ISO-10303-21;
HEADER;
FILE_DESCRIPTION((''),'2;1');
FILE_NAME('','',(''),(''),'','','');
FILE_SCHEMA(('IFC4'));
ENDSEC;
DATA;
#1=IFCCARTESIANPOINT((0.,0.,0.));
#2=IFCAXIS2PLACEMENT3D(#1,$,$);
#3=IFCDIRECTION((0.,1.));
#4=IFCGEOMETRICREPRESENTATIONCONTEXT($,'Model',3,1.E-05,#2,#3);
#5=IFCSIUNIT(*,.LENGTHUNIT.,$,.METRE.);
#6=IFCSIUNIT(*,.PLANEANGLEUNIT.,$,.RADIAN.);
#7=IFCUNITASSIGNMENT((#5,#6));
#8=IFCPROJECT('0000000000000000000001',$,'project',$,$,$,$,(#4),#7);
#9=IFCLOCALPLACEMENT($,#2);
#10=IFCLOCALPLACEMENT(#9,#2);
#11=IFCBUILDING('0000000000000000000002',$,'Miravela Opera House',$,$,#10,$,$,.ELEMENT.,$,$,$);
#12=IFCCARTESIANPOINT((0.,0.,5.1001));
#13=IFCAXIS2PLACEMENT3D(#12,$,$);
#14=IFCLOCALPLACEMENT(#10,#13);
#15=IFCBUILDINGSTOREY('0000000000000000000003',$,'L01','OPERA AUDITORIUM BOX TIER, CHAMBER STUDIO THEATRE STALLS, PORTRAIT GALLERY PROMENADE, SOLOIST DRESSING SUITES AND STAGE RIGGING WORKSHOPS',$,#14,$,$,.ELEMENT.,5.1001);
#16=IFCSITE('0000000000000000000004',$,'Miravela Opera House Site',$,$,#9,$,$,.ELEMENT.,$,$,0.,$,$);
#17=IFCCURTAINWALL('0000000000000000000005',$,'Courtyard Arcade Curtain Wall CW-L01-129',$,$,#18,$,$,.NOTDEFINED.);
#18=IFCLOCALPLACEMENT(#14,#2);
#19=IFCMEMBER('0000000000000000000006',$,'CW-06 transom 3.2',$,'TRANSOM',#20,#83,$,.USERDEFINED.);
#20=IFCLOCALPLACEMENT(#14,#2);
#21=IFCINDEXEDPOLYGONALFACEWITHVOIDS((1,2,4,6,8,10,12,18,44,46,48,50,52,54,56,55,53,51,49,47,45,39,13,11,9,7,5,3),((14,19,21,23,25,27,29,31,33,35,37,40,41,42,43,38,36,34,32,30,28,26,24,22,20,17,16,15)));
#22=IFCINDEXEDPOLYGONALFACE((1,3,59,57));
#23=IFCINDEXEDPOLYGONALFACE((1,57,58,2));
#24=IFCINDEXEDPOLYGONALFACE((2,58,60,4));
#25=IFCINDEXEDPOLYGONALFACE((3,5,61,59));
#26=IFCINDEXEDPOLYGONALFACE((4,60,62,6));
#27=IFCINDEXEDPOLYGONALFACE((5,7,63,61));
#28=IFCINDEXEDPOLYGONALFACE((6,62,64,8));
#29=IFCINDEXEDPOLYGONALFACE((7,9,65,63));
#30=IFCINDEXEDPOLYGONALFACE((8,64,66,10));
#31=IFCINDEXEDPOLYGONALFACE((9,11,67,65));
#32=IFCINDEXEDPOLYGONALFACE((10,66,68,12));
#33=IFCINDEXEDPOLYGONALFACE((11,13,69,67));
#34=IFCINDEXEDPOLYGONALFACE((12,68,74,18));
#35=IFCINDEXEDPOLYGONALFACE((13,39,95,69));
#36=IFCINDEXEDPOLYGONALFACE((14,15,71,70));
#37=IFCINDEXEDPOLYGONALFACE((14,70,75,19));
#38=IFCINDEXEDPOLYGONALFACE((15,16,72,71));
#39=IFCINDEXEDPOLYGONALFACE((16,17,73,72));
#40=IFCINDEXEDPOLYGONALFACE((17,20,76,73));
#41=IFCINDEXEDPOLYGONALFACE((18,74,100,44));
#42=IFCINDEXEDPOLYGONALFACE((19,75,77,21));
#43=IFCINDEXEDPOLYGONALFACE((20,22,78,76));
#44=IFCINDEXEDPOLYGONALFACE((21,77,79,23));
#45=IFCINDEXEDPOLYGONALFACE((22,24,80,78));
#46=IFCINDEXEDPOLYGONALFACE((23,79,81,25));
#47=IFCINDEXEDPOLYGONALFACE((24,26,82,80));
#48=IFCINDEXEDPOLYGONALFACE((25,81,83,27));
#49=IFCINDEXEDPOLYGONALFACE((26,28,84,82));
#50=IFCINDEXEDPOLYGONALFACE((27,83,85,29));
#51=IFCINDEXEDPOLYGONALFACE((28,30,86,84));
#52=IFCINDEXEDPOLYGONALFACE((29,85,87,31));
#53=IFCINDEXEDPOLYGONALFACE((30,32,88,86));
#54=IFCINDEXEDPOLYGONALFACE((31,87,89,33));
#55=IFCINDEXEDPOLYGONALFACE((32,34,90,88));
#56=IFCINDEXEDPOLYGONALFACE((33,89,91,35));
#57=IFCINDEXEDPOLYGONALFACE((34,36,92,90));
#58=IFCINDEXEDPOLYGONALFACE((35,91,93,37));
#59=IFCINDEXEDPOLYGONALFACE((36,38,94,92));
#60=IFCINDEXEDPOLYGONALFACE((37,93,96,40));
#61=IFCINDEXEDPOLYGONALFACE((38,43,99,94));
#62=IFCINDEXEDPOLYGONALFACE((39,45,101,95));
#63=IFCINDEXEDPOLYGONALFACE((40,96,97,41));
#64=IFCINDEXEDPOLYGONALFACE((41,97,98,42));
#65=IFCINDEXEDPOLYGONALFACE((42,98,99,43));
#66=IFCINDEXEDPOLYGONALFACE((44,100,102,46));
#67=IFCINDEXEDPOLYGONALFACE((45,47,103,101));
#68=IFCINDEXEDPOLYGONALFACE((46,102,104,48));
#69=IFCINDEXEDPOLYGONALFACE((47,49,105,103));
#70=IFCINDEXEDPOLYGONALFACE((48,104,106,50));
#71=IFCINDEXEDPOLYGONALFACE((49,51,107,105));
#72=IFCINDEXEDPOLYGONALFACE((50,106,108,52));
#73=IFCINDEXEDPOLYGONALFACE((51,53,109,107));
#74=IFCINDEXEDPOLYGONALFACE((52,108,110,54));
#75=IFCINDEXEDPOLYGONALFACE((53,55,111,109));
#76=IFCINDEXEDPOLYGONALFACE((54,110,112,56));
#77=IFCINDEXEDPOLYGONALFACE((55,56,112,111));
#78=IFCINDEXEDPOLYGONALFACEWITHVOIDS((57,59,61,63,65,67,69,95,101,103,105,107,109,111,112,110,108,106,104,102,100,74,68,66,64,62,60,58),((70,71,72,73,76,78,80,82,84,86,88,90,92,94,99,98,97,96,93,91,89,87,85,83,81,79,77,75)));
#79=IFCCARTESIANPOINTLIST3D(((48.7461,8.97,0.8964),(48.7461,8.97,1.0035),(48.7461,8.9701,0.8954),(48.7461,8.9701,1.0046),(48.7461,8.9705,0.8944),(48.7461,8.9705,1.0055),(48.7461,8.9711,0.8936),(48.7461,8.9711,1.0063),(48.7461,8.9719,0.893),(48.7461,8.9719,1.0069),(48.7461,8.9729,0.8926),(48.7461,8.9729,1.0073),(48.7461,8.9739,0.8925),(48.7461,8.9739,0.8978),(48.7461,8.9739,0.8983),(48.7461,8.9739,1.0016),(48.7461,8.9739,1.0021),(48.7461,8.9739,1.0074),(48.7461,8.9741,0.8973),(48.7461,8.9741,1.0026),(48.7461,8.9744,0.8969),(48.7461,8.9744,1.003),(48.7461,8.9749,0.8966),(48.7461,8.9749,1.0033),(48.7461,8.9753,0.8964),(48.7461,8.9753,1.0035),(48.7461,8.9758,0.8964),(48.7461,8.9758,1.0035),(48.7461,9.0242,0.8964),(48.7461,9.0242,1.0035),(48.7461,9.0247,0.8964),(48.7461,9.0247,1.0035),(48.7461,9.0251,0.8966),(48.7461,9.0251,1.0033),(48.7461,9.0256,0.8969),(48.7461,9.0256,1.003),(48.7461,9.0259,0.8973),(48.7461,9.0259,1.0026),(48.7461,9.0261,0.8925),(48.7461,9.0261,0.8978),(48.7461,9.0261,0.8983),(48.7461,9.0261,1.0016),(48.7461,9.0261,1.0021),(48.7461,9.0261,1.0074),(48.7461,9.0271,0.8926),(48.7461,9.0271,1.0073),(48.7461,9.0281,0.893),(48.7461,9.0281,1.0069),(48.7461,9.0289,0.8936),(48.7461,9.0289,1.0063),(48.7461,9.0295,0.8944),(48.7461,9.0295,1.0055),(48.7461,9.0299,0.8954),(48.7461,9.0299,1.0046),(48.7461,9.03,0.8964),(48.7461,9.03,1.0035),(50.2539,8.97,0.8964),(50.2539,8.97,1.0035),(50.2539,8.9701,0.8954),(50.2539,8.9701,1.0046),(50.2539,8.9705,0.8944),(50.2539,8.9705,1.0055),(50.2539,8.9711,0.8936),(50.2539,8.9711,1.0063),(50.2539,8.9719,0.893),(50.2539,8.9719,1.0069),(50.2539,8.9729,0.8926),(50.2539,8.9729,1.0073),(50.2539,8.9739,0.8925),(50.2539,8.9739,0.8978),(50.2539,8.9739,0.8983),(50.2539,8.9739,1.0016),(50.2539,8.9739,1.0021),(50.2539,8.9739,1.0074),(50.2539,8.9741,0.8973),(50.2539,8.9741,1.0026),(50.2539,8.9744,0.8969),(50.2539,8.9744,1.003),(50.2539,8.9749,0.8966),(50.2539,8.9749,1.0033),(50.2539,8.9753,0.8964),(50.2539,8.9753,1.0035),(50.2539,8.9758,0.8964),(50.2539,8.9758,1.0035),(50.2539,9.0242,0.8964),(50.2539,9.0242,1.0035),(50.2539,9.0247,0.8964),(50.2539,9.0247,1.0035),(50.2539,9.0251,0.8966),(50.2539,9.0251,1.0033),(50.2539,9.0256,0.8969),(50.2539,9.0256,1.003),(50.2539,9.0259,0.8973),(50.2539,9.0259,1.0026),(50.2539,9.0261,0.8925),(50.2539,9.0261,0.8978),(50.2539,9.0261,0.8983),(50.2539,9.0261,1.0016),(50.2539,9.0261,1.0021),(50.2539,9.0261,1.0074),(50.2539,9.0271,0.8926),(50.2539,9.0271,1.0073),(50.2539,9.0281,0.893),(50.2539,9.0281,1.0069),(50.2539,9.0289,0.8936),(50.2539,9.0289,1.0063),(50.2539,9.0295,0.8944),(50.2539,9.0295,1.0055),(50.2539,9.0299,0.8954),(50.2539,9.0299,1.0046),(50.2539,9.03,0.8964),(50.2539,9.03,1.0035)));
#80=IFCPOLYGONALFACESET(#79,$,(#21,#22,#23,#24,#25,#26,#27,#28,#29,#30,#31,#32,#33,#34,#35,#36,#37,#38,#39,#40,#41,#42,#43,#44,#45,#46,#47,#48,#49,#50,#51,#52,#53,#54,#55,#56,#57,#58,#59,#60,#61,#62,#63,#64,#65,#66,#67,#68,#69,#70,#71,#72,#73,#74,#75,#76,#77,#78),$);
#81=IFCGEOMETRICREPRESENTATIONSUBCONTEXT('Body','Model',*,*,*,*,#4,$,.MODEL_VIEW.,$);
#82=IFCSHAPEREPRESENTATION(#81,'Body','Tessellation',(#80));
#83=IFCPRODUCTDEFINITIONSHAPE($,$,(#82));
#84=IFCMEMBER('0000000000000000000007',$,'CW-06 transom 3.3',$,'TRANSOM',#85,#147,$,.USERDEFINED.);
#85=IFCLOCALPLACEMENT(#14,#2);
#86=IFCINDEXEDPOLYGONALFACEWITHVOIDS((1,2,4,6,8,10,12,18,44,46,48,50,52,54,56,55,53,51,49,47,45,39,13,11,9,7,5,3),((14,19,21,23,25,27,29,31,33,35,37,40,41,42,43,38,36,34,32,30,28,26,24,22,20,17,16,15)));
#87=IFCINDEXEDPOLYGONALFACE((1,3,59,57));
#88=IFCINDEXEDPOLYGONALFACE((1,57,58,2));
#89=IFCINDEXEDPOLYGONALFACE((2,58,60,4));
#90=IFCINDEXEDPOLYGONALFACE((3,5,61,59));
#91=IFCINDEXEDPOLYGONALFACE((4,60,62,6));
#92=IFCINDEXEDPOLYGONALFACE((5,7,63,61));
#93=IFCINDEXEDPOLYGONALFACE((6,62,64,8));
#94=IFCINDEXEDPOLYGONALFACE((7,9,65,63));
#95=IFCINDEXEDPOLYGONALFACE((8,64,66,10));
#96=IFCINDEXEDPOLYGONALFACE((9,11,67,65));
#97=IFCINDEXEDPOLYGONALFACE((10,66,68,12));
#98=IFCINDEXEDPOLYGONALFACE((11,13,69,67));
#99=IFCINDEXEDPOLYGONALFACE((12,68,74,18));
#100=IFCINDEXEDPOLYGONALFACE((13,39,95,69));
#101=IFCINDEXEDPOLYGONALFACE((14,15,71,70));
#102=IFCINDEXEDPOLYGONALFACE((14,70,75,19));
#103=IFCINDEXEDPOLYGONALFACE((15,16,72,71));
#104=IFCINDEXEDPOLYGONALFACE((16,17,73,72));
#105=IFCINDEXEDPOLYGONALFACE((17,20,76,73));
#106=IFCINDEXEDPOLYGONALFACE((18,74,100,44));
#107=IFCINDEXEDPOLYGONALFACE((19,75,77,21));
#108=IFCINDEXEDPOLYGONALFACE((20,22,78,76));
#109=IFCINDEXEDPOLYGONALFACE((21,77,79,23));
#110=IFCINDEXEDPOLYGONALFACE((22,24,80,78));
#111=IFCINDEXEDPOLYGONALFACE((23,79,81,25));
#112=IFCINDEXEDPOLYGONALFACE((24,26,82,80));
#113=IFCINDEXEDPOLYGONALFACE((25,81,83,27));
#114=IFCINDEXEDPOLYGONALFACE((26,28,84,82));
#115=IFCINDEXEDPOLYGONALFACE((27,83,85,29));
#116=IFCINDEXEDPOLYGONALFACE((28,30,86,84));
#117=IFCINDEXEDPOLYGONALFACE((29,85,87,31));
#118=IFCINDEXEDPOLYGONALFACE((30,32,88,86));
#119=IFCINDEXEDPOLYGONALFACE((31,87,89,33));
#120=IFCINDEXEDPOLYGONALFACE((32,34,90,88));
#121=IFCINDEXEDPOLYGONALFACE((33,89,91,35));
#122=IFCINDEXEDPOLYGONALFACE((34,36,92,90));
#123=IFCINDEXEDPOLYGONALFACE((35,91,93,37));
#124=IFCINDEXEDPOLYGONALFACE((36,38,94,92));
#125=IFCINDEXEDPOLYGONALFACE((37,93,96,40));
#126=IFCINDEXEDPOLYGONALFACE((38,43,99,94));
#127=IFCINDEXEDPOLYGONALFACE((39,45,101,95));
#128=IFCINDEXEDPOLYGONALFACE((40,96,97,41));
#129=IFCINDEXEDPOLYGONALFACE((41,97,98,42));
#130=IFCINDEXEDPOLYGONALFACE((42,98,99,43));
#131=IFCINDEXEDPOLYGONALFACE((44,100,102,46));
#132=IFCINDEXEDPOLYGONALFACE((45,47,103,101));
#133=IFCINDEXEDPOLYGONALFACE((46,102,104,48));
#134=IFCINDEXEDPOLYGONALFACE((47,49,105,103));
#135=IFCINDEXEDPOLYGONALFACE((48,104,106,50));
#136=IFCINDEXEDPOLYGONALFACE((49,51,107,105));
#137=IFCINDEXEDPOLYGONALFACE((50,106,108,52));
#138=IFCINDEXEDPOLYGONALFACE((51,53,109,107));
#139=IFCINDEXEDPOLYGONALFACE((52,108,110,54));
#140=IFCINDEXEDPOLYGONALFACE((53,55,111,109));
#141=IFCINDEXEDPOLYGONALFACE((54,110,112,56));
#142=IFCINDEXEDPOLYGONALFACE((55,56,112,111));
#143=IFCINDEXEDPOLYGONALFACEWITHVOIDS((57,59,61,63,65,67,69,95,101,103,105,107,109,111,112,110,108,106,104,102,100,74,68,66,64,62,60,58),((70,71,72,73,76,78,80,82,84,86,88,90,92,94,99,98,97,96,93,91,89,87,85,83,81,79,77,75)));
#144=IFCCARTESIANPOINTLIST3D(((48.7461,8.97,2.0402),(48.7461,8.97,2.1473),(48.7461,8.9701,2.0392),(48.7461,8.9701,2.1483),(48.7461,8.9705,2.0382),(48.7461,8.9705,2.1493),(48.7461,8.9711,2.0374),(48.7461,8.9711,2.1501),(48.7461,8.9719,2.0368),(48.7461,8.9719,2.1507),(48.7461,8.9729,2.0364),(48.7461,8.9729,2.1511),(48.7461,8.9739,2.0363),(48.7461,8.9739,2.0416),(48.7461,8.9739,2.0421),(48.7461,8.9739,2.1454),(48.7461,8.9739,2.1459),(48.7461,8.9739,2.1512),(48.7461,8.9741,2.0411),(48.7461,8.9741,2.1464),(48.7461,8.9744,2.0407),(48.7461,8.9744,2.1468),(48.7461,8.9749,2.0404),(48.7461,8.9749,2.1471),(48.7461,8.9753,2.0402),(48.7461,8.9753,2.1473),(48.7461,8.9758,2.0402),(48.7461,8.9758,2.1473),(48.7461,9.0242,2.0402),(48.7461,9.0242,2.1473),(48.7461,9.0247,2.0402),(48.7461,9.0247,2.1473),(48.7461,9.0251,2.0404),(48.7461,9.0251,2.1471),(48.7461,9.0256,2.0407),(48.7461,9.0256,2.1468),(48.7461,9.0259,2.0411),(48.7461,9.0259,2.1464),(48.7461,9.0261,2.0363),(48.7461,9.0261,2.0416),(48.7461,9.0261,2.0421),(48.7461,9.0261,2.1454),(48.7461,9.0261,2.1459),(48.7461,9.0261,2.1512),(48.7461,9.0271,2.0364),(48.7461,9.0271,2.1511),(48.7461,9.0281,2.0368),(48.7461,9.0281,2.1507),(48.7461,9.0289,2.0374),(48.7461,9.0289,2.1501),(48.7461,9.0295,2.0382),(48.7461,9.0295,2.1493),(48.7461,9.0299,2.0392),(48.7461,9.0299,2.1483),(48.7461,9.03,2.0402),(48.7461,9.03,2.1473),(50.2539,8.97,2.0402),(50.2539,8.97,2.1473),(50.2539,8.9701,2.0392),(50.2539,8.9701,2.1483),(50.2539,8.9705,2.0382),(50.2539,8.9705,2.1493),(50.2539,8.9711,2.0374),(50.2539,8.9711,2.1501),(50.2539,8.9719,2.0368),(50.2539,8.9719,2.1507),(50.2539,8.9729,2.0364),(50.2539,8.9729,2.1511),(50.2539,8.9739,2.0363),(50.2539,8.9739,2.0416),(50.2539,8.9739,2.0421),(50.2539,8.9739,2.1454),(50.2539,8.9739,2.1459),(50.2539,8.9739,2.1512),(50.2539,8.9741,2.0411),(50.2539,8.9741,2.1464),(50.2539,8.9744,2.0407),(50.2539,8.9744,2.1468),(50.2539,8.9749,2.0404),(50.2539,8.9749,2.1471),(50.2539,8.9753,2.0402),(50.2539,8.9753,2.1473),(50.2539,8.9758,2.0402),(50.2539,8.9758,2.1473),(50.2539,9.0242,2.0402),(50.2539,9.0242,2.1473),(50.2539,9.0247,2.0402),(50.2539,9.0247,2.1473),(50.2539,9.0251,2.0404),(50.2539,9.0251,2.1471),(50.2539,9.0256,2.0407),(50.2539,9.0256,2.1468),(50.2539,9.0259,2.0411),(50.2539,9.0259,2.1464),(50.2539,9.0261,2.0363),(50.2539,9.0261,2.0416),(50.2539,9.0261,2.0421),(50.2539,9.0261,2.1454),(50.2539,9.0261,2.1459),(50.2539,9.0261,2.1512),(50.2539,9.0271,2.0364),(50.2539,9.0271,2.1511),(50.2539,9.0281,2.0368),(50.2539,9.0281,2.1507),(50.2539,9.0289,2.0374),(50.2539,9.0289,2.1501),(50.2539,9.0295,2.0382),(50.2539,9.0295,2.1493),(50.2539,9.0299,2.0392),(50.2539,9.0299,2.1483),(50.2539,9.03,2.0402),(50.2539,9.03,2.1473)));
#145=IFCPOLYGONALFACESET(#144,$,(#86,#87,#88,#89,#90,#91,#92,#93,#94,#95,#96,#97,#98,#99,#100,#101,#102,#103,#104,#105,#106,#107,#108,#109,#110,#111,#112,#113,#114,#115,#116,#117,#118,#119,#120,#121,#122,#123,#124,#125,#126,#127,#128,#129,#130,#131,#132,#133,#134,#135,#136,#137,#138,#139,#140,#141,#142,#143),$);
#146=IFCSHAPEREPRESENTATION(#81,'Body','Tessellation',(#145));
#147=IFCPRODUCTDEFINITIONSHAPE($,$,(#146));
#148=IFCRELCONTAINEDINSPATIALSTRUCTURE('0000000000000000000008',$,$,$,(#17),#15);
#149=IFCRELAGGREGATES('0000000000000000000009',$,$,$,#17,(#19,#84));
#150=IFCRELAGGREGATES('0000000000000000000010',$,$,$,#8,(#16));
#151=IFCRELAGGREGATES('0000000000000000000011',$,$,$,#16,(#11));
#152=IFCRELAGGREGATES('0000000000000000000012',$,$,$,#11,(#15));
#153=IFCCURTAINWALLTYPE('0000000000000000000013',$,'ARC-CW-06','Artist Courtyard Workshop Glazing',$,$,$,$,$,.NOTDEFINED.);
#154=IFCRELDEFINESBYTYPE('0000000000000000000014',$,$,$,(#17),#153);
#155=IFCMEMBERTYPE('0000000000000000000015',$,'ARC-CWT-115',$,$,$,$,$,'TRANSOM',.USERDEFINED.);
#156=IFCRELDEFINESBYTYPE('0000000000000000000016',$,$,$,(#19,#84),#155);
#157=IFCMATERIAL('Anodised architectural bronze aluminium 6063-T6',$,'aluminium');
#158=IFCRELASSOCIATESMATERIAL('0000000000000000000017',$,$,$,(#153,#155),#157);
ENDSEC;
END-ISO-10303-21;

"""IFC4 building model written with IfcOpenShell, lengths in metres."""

from ifc_helpers import new_model, si_unit, direction, frame, origin, origin_2d, place, context, subcontext, project, spatial, hollow_rectangle, extrude, material, material_profile, profile_set, type_object, element, aggregate, save


model = new_model("IFC4")

# Units and contexts
model_context = context("Model", 3, precision=1e-05, world=origin(), true_north=direction((0.0, 1.0)))
body_context = subcontext(model_context, "Body", "Model", "MODEL_VIEW")
ifc_project = project(units=[si_unit("LENGTHUNIT", "METRE"), si_unit("PLANEANGLEUNIT", "RADIAN")], contexts=[model_context])

# Site, building, storey
site_placement = place(None, origin())
site = spatial("IfcSite", under=ifc_project, at=site_placement, Name="Miravela Opera House Site", CompositionType="ELEMENT", RefElevation=0.0)
building_placement = place(site_placement, origin())
building = spatial("IfcBuilding", under=site, at=building_placement, Name="Miravela Opera House", CompositionType="ELEMENT")
storey_placement = place(building_placement, frame((0.0, 0.0, 5.1001)))
storey = spatial("IfcBuildingStorey", under=building, at=storey_placement, Name="L01", Description="OPERA AUDITORIUM BOX TIER, CHAMBER STUDIO THEATRE STALLS, PORTRAIT GALLERY PROMENADE, SOLOIST DRESSING SUITES AND STAGE RIGGING WORKSHOPS", CompositionType="ELEMENT", Elevation=5.1001)

# Curtain wall, members
ifc_material_1 = material(Name="Anodised architectural bronze aluminium 6063-T6", Category="aluminium")
curtain_wall_type = type_object("IfcCurtainWallType", Name="ARC-CW-06", Description="Artist Courtyard Workshop Glazing", PredefinedType="NOTDEFINED", material=ifc_material_1)
curtain_wall_placement = place(storey_placement, origin())
curtain_wall = element("IfcCurtainWall", 1, at=curtain_wall_placement, inside=storey, type_object=curtain_wall_type, Name="Courtyard Arcade Curtain Wall CW-L01-129", PredefinedType="NOTDEFINED")
ifc_material_profile_1 = material_profile(ifc_material_1, hollow_rectangle(XDim=0.0601, YDim=0.115, WallThickness=0.0039, InnerFilletRadius=0.002, OuterFilletRadius=0.0039, at=origin_2d()), Name="CWT-60X115")
ifc_profile_set_1 = profile_set([ifc_material_profile_1])
member_type_1 = type_object("IfcMemberType", Name="ARC-CWT-115", ElementType="TRANSOM", PredefinedType="USERDEFINED", material=ifc_profile_set_1)
member_1_placement = place(storey_placement, frame((48.7461, 9.0, 0.95), z_axis=(1.0, 0.0, 0.0), x_axis=(0.0, 1.0, 0.0)))
member_1 = element("IfcMember", 2, at=member_1_placement, type_object=member_type_1, Name="CW-06 transom 3.2", ObjectType="TRANSOM", PredefinedType="USERDEFINED", context=body_context, shape_type="SweptSolid", body=[
    extrude(hollow_rectangle(XDim=0.0601, YDim=0.115, WallThickness=0.0039, InnerFilletRadius=0.002, OuterFilletRadius=0.0039, at=origin_2d()), origin(), (0.0, 0.0, 1.0), 1.5078),
])
member_2_placement = place(storey_placement, frame((48.7461, 9.0, 2.0938), z_axis=(1.0, 0.0, 0.0), x_axis=(0.0, 1.0, 0.0)))
member_2 = element("IfcMember", 3, at=member_2_placement, type_object=member_type_1, Name="CW-06 transom 3.3", ObjectType="TRANSOM", PredefinedType="USERDEFINED", context=body_context, shape_type="SweptSolid", body=[
    extrude(hollow_rectangle(XDim=0.0601, YDim=0.115, WallThickness=0.0039, InnerFilletRadius=0.002, OuterFilletRadius=0.0039, at=origin_2d()), origin(), (0.0, 0.0, 1.0), 1.5078),
])

aggregate(curtain_wall, [member_1, member_2])

save(model, "model.ifc")
